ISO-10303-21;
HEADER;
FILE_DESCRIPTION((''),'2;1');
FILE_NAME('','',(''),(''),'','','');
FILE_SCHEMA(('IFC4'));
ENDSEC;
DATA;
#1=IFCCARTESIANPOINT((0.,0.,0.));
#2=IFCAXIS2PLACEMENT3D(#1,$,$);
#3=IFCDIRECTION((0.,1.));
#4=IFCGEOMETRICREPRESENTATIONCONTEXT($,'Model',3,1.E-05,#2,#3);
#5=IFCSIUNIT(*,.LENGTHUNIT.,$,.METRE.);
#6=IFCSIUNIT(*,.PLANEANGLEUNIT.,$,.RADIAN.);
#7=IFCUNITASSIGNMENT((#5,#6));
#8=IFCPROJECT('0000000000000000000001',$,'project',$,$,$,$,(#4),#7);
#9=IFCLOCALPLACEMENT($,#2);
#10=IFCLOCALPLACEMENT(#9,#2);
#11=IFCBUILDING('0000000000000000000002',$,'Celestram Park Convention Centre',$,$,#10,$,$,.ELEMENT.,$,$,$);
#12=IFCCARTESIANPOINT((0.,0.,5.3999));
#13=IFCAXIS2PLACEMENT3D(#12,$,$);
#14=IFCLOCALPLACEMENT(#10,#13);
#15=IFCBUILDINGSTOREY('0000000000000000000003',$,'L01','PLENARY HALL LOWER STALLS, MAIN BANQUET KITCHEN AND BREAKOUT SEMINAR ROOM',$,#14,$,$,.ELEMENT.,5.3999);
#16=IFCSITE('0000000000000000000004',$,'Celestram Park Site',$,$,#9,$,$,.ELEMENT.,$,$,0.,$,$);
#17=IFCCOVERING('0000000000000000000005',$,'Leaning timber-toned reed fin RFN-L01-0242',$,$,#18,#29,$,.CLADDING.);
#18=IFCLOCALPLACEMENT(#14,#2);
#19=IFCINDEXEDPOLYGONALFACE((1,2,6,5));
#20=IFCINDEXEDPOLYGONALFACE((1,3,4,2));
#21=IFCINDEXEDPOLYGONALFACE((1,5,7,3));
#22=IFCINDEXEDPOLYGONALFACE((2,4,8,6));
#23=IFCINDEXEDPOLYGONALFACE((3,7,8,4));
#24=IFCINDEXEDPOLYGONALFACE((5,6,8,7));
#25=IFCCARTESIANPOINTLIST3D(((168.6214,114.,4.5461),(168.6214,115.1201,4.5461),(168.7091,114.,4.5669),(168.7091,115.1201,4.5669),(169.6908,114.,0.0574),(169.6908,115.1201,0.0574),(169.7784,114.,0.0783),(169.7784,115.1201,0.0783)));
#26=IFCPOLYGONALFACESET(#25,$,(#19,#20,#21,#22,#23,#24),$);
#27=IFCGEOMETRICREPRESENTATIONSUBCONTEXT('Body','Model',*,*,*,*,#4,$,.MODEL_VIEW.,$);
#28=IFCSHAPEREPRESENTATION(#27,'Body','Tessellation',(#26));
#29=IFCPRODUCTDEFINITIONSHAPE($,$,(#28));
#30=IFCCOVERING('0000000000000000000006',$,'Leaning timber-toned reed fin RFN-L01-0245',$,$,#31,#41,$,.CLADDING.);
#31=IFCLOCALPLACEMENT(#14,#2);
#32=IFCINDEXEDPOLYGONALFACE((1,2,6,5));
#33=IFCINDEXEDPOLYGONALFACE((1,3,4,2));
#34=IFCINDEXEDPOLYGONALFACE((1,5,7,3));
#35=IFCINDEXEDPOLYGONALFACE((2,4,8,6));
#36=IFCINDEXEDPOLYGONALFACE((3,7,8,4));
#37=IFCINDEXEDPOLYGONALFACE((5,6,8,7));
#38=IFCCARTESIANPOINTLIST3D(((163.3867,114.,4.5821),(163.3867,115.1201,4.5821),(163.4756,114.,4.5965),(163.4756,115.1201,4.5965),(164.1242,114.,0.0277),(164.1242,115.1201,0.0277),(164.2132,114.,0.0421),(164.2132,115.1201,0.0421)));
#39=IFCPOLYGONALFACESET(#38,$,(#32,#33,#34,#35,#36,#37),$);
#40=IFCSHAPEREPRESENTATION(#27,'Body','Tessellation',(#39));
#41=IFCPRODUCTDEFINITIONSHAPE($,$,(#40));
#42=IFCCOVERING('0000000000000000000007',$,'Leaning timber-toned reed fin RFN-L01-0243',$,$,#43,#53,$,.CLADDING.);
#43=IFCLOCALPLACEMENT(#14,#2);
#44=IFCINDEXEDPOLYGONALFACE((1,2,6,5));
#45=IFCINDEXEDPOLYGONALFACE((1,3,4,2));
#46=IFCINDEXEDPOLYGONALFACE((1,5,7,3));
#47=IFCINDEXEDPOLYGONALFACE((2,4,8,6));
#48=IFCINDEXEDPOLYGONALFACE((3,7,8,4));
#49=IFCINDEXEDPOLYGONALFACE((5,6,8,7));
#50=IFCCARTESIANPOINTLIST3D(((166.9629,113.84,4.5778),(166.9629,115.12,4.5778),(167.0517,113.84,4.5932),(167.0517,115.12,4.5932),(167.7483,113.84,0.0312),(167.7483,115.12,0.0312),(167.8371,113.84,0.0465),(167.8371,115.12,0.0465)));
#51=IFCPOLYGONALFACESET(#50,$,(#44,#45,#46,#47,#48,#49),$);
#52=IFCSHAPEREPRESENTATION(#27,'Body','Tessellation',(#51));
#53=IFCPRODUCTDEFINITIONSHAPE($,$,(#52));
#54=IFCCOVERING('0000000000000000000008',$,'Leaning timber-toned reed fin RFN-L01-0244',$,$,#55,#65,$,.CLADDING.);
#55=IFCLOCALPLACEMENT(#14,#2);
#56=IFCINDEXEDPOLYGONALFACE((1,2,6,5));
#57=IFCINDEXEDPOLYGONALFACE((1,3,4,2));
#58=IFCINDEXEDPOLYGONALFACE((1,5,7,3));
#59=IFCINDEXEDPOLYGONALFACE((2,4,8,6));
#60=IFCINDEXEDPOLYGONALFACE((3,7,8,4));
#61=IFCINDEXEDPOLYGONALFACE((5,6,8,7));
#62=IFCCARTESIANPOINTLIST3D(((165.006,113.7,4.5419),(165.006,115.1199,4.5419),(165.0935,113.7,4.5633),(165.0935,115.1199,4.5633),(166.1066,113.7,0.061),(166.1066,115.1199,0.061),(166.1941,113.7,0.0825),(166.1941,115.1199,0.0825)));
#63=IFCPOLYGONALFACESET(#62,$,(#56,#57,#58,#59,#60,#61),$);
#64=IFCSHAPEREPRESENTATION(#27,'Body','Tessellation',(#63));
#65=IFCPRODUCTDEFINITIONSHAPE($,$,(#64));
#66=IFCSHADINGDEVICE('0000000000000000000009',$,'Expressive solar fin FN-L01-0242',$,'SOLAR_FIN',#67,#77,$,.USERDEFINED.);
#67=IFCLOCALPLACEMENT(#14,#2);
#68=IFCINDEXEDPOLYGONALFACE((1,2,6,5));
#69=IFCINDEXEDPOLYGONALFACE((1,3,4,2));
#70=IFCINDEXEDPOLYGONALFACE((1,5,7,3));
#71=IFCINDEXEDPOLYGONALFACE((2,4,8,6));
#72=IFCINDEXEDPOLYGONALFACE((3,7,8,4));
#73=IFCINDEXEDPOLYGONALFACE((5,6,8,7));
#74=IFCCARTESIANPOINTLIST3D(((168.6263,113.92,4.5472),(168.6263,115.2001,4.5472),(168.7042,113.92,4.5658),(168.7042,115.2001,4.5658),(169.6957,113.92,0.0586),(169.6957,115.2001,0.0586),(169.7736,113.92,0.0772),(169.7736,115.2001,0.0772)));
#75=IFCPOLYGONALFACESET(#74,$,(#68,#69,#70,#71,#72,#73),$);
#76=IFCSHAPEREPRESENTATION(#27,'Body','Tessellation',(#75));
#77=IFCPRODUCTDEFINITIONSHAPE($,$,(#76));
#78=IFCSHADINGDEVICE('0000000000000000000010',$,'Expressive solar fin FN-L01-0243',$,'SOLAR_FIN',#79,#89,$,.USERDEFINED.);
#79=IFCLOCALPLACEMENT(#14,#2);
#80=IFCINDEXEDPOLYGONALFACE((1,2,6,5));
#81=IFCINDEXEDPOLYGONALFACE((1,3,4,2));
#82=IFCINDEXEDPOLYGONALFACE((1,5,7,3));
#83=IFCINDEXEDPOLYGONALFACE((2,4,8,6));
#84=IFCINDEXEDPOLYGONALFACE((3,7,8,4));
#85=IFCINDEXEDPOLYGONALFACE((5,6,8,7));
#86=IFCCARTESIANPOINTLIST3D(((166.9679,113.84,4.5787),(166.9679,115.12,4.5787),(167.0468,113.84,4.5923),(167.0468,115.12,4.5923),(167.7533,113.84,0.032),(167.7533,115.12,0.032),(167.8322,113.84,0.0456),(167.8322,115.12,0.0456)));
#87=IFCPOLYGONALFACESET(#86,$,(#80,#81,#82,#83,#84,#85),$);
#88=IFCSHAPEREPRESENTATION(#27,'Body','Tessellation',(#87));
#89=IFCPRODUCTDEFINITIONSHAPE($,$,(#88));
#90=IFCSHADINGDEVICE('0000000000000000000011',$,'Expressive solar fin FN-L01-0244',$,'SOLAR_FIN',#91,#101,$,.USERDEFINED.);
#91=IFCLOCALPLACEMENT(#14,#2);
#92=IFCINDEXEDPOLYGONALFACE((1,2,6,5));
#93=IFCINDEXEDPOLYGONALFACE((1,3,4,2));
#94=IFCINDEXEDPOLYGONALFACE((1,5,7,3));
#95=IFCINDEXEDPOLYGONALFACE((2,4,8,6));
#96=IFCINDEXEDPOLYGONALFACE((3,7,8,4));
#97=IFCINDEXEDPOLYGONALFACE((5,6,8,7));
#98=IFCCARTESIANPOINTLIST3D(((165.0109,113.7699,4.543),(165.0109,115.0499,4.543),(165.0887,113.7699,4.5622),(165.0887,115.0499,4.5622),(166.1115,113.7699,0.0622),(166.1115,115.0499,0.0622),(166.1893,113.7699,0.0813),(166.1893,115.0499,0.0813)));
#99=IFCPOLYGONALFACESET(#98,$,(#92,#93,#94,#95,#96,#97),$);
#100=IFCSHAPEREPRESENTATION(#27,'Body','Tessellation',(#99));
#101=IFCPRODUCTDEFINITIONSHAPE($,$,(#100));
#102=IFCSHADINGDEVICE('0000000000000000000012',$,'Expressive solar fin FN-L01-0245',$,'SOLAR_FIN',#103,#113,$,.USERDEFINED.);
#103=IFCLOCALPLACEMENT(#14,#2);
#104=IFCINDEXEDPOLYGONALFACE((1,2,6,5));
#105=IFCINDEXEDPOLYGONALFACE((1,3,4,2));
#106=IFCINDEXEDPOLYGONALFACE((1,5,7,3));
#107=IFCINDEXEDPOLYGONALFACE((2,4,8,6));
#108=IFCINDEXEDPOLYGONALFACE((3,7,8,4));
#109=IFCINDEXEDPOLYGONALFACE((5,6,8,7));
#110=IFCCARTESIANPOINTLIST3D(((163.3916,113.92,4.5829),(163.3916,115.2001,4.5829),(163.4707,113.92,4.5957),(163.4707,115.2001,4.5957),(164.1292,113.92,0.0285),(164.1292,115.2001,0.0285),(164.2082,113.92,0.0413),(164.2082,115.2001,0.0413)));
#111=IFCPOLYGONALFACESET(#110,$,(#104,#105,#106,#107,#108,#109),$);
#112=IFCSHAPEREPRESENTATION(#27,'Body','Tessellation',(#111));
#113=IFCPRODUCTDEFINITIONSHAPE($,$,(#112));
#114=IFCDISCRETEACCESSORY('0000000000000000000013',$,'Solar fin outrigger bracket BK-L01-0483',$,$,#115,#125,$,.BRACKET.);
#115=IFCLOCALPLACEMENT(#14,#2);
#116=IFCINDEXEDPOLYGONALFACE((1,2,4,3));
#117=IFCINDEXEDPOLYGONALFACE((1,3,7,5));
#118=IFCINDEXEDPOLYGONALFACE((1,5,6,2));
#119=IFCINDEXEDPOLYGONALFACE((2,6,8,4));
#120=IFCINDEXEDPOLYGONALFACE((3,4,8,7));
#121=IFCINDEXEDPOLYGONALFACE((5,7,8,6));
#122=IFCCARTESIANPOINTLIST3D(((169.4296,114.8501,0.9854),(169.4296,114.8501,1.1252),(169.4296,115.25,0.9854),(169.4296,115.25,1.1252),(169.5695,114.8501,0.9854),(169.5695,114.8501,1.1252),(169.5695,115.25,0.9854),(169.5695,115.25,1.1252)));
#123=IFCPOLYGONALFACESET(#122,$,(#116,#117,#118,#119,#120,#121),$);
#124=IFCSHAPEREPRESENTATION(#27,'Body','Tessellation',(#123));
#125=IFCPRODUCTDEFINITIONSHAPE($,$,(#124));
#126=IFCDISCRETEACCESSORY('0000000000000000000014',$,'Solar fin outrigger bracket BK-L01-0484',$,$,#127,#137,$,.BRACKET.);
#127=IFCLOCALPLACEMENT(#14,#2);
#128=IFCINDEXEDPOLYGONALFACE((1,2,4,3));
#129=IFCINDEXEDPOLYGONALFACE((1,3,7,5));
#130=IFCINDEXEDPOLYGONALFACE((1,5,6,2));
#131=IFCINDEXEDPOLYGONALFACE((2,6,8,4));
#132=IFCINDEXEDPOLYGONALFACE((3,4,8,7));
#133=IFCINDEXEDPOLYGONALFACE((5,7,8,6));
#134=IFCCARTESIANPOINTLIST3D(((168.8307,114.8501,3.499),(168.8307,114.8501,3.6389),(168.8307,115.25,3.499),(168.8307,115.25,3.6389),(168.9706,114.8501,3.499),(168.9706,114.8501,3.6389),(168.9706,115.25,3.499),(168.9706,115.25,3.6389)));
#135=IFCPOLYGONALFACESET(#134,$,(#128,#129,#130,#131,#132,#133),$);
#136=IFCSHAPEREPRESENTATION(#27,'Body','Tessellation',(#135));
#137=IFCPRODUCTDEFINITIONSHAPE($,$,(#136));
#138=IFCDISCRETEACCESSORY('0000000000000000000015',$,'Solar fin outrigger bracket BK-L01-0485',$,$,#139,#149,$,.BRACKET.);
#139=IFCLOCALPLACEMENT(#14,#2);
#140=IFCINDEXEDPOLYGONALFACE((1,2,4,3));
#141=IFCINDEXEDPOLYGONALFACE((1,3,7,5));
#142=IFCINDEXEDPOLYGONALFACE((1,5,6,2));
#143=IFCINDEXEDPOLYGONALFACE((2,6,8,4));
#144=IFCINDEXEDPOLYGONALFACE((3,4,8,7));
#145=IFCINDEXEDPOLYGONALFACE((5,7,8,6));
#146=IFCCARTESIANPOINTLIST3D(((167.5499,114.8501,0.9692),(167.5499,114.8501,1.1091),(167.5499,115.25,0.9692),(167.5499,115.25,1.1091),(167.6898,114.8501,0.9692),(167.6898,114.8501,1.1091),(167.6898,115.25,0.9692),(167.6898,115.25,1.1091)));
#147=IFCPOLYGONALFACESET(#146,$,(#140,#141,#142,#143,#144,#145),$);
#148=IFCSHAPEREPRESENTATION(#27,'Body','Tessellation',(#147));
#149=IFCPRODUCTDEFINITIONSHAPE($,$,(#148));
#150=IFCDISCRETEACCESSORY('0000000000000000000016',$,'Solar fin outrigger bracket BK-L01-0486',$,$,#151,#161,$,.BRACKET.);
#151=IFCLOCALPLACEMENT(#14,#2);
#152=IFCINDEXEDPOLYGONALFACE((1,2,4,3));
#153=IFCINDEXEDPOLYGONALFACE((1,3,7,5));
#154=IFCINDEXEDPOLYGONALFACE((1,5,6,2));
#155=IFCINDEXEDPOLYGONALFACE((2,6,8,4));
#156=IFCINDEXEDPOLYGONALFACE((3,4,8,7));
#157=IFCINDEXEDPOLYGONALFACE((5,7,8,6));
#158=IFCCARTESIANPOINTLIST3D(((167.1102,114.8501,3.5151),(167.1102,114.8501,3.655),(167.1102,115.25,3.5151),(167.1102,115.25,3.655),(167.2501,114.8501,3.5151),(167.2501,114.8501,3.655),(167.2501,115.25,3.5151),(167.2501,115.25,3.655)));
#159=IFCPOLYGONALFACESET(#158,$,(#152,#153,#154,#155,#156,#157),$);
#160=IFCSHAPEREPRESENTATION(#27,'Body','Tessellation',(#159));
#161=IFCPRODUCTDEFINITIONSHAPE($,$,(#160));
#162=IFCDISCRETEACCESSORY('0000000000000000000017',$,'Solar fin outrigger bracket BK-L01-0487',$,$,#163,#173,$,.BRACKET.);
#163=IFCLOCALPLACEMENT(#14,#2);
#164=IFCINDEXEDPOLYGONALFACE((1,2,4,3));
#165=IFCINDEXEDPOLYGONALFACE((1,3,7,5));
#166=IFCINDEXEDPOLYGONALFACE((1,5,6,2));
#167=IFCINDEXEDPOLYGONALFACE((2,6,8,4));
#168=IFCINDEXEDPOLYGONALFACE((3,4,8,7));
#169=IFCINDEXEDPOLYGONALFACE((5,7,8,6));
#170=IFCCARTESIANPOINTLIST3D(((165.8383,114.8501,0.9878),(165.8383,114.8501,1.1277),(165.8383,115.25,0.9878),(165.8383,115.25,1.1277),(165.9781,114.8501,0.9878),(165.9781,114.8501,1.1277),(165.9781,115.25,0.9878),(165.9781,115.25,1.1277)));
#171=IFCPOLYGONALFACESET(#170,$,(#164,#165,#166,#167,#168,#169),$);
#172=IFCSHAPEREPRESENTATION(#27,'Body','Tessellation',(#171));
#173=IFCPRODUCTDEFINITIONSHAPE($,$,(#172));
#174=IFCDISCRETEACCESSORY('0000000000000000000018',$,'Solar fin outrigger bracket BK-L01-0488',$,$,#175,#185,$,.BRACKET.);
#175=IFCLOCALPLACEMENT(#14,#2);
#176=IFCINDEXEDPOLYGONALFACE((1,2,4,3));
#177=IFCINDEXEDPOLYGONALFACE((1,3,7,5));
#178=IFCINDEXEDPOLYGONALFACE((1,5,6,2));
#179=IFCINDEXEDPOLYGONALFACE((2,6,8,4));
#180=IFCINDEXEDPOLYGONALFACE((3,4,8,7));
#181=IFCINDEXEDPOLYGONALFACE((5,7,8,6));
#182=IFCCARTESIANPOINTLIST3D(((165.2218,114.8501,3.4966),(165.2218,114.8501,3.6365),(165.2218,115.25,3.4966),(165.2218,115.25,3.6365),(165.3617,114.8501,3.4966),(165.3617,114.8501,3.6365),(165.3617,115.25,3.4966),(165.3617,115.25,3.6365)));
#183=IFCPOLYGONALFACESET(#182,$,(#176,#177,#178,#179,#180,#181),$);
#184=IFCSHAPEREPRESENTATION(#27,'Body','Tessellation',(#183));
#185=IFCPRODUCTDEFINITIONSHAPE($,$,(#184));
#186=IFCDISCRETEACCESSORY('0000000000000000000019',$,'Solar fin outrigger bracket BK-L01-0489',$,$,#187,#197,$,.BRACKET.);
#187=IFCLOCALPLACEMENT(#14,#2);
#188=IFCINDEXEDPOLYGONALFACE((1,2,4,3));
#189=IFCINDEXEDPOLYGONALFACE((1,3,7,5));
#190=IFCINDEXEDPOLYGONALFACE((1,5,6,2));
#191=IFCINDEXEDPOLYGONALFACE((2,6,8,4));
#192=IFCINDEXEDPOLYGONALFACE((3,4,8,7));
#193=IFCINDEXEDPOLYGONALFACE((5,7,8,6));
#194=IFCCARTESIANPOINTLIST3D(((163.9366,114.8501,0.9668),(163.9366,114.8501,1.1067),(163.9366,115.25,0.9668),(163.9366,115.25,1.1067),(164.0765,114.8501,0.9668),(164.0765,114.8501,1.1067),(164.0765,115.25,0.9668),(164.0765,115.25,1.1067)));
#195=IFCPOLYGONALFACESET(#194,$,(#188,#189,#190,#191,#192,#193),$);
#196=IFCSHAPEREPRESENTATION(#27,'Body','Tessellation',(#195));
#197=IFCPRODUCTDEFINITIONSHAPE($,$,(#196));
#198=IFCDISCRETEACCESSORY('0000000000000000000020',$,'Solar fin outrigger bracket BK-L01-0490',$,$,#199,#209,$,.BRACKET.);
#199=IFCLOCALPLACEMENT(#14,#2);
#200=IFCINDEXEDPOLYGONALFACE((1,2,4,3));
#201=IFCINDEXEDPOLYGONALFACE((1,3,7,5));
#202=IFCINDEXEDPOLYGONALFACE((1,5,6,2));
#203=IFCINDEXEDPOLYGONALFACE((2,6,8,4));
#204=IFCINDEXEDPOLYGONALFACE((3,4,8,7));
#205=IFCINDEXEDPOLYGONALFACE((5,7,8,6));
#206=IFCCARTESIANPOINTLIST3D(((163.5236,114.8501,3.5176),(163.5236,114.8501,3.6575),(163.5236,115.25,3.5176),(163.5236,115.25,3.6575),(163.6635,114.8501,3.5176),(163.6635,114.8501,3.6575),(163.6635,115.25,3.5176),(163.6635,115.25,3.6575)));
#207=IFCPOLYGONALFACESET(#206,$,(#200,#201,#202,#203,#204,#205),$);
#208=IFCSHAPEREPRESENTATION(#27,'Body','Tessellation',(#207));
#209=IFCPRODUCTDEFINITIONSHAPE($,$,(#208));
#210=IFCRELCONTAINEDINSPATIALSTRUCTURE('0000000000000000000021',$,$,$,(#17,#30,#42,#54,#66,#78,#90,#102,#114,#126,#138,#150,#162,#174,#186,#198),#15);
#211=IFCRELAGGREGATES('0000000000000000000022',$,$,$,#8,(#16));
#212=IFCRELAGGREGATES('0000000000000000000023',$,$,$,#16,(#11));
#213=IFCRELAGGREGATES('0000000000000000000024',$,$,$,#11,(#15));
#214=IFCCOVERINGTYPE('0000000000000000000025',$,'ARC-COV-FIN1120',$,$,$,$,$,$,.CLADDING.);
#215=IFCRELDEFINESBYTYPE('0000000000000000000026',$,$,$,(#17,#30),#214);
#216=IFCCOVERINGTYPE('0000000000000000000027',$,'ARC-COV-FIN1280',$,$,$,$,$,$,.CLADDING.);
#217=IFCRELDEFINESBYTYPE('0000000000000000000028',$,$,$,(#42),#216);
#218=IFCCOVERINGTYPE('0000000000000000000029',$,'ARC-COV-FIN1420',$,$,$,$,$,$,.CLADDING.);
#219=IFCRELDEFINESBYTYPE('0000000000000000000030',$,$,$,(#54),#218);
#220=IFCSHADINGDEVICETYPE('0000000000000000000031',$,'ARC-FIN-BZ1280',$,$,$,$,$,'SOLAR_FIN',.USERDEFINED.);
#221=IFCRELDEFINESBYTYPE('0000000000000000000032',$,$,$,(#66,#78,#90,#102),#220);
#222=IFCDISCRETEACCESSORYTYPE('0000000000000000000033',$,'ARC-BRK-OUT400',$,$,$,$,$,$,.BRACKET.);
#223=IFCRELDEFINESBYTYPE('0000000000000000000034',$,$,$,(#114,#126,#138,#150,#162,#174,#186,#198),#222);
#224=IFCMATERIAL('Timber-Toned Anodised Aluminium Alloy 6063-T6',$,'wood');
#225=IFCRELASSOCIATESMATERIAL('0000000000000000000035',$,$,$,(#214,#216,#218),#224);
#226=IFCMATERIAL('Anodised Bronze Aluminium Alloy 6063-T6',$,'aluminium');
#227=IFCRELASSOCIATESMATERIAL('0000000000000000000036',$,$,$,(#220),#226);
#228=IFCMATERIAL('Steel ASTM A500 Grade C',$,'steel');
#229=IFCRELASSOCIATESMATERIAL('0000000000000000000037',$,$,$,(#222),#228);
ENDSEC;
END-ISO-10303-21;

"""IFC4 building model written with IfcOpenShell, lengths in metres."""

from ifc_helpers import new_model, si_unit, direction, frame, origin, origin_2d, place, context, subcontext, project, spatial, rectangle, extrude, material, material_profile, profile_set, type_object, element, save


model = new_model("IFC4")

# Units and contexts
model_context = context("Model", 3, precision=1e-05, world=origin(), true_north=direction((0.0, 1.0)))
body_context = subcontext(model_context, "Body", "Model", "MODEL_VIEW")
ifc_project = project(units=[si_unit("LENGTHUNIT", "METRE"), si_unit("PLANEANGLEUNIT", "RADIAN")], contexts=[model_context])

# Site, building, storey
site_placement = place(None, origin())
site = spatial("IfcSite", under=ifc_project, at=site_placement, Name="Celestram Park Site", CompositionType="ELEMENT", RefElevation=0.0)
building_placement = place(site_placement, origin())
building = spatial("IfcBuilding", under=site, at=building_placement, Name="Celestram Park Convention Centre", CompositionType="ELEMENT")
storey_placement = place(building_placement, frame((0.0, 0.0, 5.3999)))
storey = spatial("IfcBuildingStorey", under=building, at=storey_placement, Name="L01", Description="PLENARY HALL LOWER STALLS, MAIN BANQUET KITCHEN AND BREAKOUT SEMINAR ROOM", CompositionType="ELEMENT", Elevation=5.3999)

# Shared definitions
ifc_material_1 = material(Name="Steel ASTM A500 Grade C", Category="steel")

# Coverings
ifc_material_2 = material(Name="Timber-Toned Anodised Aluminium Alloy 6063-T6", Category="wood")
ifc_material_profile_1 = material_profile(ifc_material_2, rectangle(XDim=1.1201, YDim=0.0901, at=origin_2d()), Name="REED1120X90")
ifc_profile_set_1 = profile_set([ifc_material_profile_1], Name="Timber-Toned Anodised Aluminium Alloy 6063-T6")
covering_type_1 = type_object("IfcCoveringType", Name="ARC-COV-FIN1120", PredefinedType="CLADDING", material=ifc_profile_set_1)
covering_1_placement = place(storey_placement, frame((169.7346, 114.5601, 0.0679), z_axis=(-0.231752, 0.0, 0.972775), x_axis=(0.0, -1.0, 0.0)))
element("IfcCovering", 1, at=covering_1_placement, inside=storey, type_object=covering_type_1, Name="Leaning timber-toned reed fin RFN-L01-0242", PredefinedType="CLADDING", context=body_context, shape_type="SweptSolid", body=[
    extrude(rectangle(XDim=1.1201, YDim=0.0901, at=origin_2d()), origin(), (0.0, 0.0, 1.0), 4.6143),
])
covering_2_placement = place(storey_placement, frame((164.1687, 114.5601, 0.0349), z_axis=(-0.159858, 0.0, 0.98714), x_axis=(0.0, -1.0, 0.0)))
element("IfcCovering", 2, at=covering_2_placement, inside=storey, type_object=covering_type_1, Name="Leaning timber-toned reed fin RFN-L01-0245", PredefinedType="CLADDING", context=body_context, shape_type="SweptSolid", body=[
    extrude(rectangle(XDim=1.1201, YDim=0.0901, at=origin_2d()), origin(), (0.0, 0.0, 1.0), 4.6138),
])
ifc_material_profile_2 = material_profile(ifc_material_2, rectangle(XDim=1.28, YDim=0.0901, at=origin_2d()), Name="REED1280X90")
ifc_profile_set_2 = profile_set([ifc_material_profile_2], Name="Timber-Toned Anodised Aluminium Alloy 6063-T6")
covering_type_2 = type_object("IfcCoveringType", Name="ARC-COV-FIN1280", PredefinedType="CLADDING", material=ifc_profile_set_2)
covering_3_placement = place(storey_placement, frame((167.7927, 114.48, 0.0388), z_axis=(-0.170222, 0.0, 0.985406), x_axis=(0.0, -1.0, 0.0)))
element("IfcCovering", 3, at=covering_3_placement, inside=storey, type_object=covering_type_2, Name="Leaning timber-toned reed fin RFN-L01-0243", PredefinedType="CLADDING", context=body_context, shape_type="SweptSolid", body=[
    extrude(rectangle(XDim=1.28, YDim=0.0901, at=origin_2d()), origin(), (0.0, 0.0, 1.0), 4.614),
])
ifc_material_profile_3 = material_profile(ifc_material_2, rectangle(XDim=1.4199, YDim=0.0901, at=origin_2d()), Name="REED1420X90")
ifc_profile_set_3 = profile_set([ifc_material_profile_3], Name="Timber-Toned Anodised Aluminium Alloy 6063-T6")
covering_type_3 = type_object("IfcCoveringType", Name="ARC-COV-FIN1420", PredefinedType="CLADDING", material=ifc_profile_set_3)
covering_4_placement = place(storey_placement, frame((166.1504, 114.4099, 0.0718), z_axis=(-0.238537, 0.0, 0.971133), x_axis=(0.0, -1.0, 0.0)))
element("IfcCovering", 4, at=covering_4_placement, inside=storey, type_object=covering_type_3, Name="Leaning timber-toned reed fin RFN-L01-0244", PredefinedType="CLADDING", context=body_context, shape_type="SweptSolid", body=[
    extrude(rectangle(XDim=1.4199, YDim=0.0901, at=origin_2d()), origin(), (0.0, 0.0, 1.0), 4.614),
])

# Shading devices
ifc_material_3 = material(Name="Anodised Bronze Aluminium Alloy 6063-T6", Category="aluminium")
ifc_material_profile_4 = material_profile(ifc_material_3, rectangle(XDim=1.28, YDim=0.0801, at=origin_2d()), Name="FIN1280X80")
ifc_profile_set_4 = profile_set([ifc_material_profile_4], Name="Anodised Bronze Aluminium Alloy 6063-T6")
shading_device_type = type_object("IfcShadingDeviceType", Name="ARC-FIN-BZ1280", ElementType="SOLAR_FIN", PredefinedType="USERDEFINED", material=ifc_profile_set_4)
shading_device_1_placement = place(storey_placement, frame((169.7346, 114.5601, 0.0679), z_axis=(-0.231752, 0.0, 0.972775), x_axis=(0.0, -1.0, 0.0)))
element("IfcShadingDevice", 5, at=shading_device_1_placement, inside=storey, type_object=shading_device_type, Name="Expressive solar fin FN-L01-0242", ObjectType="SOLAR_FIN", PredefinedType="USERDEFINED", context=body_context, shape_type="SweptSolid", body=[
    extrude(rectangle(XDim=1.28, YDim=0.0801, at=origin_2d()), origin(), (0.0, 0.0, 1.0), 4.6143),
])
for number, where, z_axis, x_axis, name in (
    (6, (167.7927, 114.48, 0.0388), (-0.170222, 0.0, 0.985406), (0.0, -1.0, 0.0), "Expressive solar fin FN-L01-0243"),
    (7, (166.1504, 114.4099, 0.0718), (-0.238537, 0.0, 0.971133), (0.0, -1.0, 0.0), "Expressive solar fin FN-L01-0244"),
):
    element("IfcShadingDevice", number, at=place(storey_placement, frame(where, z_axis=z_axis, x_axis=x_axis)), inside=storey, type_object=shading_device_type, Name=name, ObjectType="SOLAR_FIN", PredefinedType="USERDEFINED", context=body_context, shape_type="SweptSolid", body=[
        extrude(rectangle(XDim=1.28, YDim=0.0801, at=origin_2d()), origin(), (0.0, 0.0, 1.0), 4.614),
    ])
shading_device_2_placement = place(storey_placement, frame((164.1687, 114.5601, 0.0349), z_axis=(-0.159858, 0.0, 0.98714), x_axis=(0.0, -1.0, 0.0)))
element("IfcShadingDevice", 8, at=shading_device_2_placement, inside=storey, type_object=shading_device_type, Name="Expressive solar fin FN-L01-0245", ObjectType="SOLAR_FIN", PredefinedType="USERDEFINED", context=body_context, shape_type="SweptSolid", body=[
    extrude(rectangle(XDim=1.28, YDim=0.0801, at=origin_2d()), origin(), (0.0, 0.0, 1.0), 4.6138),
])

# Discrete accessories
discrete_accessory_type = type_object("IfcDiscreteAccessoryType", Name="ARC-BRK-OUT400", PredefinedType="BRACKET", material=ifc_material_1)
for number, where, z_axis, x_axis, name in (
    (9, (169.4995, 115.05, 0.9854), (0.0, 0.0, 1.0), (0.0, -1.0, 0.0), "Solar fin outrigger bracket BK-L01-0483"),
    (10, (168.9006, 115.05, 3.499), (0.0, 0.0, 1.0), (0.0, -1.0, 0.0), "Solar fin outrigger bracket BK-L01-0484"),
    (11, (167.6199, 115.05, 0.9692), (0.0, 0.0, 1.0), (0.0, -1.0, 0.0), "Solar fin outrigger bracket BK-L01-0485"),
    (12, (167.1802, 115.05, 3.5151), (0.0, 0.0, 1.0), (0.0, -1.0, 0.0), "Solar fin outrigger bracket BK-L01-0486"),
    (13, (165.9082, 115.05, 0.9878), (0.0, 0.0, 1.0), (0.0, -1.0, 0.0), "Solar fin outrigger bracket BK-L01-0487"),
    (14, (165.2917, 115.05, 3.4966), (0.0, 0.0, 1.0), (0.0, -1.0, 0.0), "Solar fin outrigger bracket BK-L01-0488"),
    (15, (164.0066, 115.05, 0.9668), (0.0, 0.0, 1.0), (0.0, -1.0, 0.0), "Solar fin outrigger bracket BK-L01-0489"),
    (16, (163.5935, 115.05, 3.5176), (0.0, 0.0, 1.0), (0.0, -1.0, 0.0), "Solar fin outrigger bracket BK-L01-0490"),
):
    element("IfcDiscreteAccessory", number, at=place(storey_placement, frame(where, z_axis=z_axis, x_axis=x_axis)), inside=storey, type_object=discrete_accessory_type, Name=name, PredefinedType="BRACKET", context=body_context, shape_type="SweptSolid", body=[
        extrude(rectangle(XDim=0.3999, YDim=0.1399, at=origin_2d()), origin(), (0.0, 0.0, 1.0), 0.1399),
    ])

save(model, "model.ifc")
